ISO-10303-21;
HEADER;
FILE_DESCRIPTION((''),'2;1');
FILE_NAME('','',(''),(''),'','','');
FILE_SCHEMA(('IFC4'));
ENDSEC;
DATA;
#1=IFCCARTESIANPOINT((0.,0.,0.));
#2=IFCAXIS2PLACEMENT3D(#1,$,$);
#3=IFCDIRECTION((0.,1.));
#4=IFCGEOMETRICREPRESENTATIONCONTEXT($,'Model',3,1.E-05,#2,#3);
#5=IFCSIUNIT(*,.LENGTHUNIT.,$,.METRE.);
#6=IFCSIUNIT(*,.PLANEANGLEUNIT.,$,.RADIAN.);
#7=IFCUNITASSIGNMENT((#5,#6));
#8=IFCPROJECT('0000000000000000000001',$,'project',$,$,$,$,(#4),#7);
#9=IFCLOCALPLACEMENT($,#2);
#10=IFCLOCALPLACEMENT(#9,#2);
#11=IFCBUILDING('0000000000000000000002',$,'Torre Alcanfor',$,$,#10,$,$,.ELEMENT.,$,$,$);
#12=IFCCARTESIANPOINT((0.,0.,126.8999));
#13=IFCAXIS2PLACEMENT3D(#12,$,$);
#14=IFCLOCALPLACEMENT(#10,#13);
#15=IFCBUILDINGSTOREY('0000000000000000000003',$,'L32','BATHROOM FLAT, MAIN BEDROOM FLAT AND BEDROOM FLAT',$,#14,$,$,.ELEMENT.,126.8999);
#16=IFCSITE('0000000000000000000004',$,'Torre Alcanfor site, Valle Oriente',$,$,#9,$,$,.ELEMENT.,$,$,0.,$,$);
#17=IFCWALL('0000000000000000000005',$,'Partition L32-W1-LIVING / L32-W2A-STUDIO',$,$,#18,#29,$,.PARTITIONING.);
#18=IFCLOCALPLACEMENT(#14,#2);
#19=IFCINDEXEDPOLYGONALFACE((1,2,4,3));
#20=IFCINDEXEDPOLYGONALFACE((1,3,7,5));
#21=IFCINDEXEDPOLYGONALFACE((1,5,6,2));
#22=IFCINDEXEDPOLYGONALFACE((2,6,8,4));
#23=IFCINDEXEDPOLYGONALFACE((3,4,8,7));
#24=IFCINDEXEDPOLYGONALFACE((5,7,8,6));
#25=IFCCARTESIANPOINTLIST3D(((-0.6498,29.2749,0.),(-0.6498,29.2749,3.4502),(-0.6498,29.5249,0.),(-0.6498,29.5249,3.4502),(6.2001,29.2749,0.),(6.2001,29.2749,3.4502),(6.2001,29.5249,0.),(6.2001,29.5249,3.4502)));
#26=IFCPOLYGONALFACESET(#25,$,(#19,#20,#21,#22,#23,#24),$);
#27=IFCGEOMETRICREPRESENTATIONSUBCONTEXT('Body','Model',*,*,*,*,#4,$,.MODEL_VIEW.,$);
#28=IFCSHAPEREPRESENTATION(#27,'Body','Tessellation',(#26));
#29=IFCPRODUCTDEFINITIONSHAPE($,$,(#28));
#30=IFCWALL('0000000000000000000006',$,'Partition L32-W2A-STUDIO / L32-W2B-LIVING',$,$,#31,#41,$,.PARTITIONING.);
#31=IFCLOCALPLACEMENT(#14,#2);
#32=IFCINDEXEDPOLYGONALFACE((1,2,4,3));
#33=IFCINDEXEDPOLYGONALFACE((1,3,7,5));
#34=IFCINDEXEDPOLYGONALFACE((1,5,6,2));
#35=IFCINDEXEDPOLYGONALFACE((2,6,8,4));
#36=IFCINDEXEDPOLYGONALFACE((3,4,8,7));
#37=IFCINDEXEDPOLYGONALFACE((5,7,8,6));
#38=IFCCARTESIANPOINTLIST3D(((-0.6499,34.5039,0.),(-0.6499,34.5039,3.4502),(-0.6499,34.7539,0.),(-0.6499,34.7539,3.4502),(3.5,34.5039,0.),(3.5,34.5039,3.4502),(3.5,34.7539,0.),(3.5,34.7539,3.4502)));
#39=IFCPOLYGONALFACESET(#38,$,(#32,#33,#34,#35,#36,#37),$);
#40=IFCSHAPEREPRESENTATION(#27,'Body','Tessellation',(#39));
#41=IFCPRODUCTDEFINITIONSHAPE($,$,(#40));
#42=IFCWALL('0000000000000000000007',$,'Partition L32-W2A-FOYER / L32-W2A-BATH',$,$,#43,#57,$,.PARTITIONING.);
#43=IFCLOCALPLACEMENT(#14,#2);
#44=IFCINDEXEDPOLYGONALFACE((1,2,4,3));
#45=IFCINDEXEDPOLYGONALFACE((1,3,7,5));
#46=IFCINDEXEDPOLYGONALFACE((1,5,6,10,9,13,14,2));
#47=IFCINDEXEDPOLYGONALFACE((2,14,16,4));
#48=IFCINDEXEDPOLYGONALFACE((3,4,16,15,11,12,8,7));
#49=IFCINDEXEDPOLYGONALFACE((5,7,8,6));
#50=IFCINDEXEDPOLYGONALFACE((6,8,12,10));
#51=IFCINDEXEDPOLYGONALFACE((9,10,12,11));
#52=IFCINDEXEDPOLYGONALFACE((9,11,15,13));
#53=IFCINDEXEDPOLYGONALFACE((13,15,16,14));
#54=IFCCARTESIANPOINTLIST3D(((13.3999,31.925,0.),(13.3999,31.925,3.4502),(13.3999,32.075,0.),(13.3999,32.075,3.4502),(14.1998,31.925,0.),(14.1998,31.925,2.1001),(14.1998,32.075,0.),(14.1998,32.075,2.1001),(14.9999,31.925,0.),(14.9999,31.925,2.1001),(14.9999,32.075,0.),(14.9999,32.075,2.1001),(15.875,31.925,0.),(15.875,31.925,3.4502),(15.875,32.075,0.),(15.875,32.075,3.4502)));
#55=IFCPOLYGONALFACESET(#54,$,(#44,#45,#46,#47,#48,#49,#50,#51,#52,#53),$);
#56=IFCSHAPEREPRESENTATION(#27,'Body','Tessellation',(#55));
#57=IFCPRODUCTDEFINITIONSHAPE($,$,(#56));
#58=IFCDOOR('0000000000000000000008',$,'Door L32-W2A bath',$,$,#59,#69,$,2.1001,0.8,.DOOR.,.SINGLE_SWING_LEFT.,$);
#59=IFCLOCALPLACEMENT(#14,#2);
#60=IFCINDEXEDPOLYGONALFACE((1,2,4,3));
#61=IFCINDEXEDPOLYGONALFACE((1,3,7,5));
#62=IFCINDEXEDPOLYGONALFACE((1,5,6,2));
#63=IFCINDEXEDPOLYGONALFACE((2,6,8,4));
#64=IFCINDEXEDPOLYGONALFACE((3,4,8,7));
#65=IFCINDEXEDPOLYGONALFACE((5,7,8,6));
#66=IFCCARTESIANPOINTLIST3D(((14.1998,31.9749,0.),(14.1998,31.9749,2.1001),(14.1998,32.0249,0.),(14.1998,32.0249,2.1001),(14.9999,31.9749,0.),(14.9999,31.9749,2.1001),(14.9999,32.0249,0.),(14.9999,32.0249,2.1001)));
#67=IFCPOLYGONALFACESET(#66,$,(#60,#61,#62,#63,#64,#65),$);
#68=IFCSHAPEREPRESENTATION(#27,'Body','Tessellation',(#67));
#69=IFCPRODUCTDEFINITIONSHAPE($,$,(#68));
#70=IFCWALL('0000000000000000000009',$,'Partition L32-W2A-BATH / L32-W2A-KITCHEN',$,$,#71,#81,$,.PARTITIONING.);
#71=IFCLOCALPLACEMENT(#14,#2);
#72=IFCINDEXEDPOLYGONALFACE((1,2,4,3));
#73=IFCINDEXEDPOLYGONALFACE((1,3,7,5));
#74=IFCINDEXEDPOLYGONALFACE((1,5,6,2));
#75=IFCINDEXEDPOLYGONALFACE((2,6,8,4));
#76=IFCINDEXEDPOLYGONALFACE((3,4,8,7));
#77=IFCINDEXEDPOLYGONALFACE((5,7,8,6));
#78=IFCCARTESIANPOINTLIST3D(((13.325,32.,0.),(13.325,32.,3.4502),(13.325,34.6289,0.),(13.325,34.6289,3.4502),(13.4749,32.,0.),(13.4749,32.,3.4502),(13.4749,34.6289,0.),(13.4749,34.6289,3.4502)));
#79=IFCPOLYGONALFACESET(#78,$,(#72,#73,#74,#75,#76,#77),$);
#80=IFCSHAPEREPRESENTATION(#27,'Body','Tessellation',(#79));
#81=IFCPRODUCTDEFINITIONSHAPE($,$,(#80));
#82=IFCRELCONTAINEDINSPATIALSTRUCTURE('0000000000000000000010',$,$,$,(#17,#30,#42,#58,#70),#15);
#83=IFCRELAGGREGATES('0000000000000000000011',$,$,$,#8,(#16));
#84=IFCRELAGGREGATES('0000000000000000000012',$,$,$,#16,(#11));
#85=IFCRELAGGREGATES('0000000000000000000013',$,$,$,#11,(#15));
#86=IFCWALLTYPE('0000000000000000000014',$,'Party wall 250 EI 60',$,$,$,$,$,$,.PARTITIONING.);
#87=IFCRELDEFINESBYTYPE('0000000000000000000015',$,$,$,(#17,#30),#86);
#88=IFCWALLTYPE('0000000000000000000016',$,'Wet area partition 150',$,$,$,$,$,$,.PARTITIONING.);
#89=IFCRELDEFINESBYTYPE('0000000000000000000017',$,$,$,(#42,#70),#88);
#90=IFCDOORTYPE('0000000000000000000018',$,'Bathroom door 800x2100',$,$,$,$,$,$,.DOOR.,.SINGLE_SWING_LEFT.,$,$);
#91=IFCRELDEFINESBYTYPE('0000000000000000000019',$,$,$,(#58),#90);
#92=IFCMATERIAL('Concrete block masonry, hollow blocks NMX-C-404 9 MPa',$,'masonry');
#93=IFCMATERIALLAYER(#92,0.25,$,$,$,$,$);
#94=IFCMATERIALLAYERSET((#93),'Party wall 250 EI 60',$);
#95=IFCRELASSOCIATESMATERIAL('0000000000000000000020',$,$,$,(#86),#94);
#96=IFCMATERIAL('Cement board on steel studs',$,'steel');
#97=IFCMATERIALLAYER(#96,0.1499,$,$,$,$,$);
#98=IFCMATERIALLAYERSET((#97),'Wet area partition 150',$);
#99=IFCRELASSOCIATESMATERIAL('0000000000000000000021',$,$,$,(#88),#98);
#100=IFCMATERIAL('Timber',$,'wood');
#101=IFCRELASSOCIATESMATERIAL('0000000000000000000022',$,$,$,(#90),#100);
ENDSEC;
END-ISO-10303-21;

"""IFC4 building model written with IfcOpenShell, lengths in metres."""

from ifc_helpers import new_model, si_unit, direction, frame, frame_2d, origin, place, context, subcontext, project, spatial, rectangle, extrude, material, layer, layer_set, type_object, element, fill, save


model = new_model("IFC4")

# Units and contexts
model_context = context("Model", 3, precision=1e-05, world=origin(), true_north=direction((0.0, 1.0)))
body_context = subcontext(model_context, "Body", "Model", "MODEL_VIEW")
ifc_project = project(units=[si_unit("LENGTHUNIT", "METRE"), si_unit("PLANEANGLEUNIT", "RADIAN")], contexts=[model_context])

# Site, building, storey
site_placement = place(None, origin())
site = spatial("IfcSite", under=ifc_project, at=site_placement, Name="Torre Alcanfor site, Valle Oriente", CompositionType="ELEMENT", RefElevation=0.0)
building_placement = place(site_placement, origin())
building = spatial("IfcBuilding", under=site, at=building_placement, Name="Torre Alcanfor", CompositionType="ELEMENT")
storey_placement = place(building_placement, frame((0.0, 0.0, 126.8999)))
storey = spatial("IfcBuildingStorey", under=building, at=storey_placement, Name="L32", Description="BATHROOM FLAT, MAIN BEDROOM FLAT AND BEDROOM FLAT", CompositionType="ELEMENT", Elevation=126.8999)

# Walls
ifc_material_1 = material(Name="Concrete block masonry, hollow blocks NMX-C-404 9 MPa", Category="masonry")
ifc_layer_1 = layer(ifc_material_1, 0.25)
ifc_layer_set_1 = layer_set([ifc_layer_1], Name="Party wall 250 EI 60")
wall_type_1 = type_object("IfcWallType", Name="Party wall 250 EI 60", PredefinedType="PARTITIONING", material=ifc_layer_set_1)
wall_1_placement = place(storey_placement, frame((6.2, 29.3999, 0.0), z_axis=(0.0, 0.0, 1.0), x_axis=(-1.0, 0.0, 0.0)))
element("IfcWall", 1, at=wall_1_placement, inside=storey, type_object=wall_type_1, Name="Partition L32-W1-LIVING / L32-W2A-STUDIO", PredefinedType="PARTITIONING", context=body_context, shape_type="SweptSolid", body=[
    extrude(rectangle(XDim=6.8499, YDim=0.25, at=frame_2d((3.4248, 0.0))), origin(), (0.0, 0.0, 1.0), 3.4502),
])
wall_2_placement = place(storey_placement, frame((-0.6499, 34.6289, 0.0), z_axis=(0.0, 0.0, 1.0), x_axis=(1.0, 0.0, 0.0)))
element("IfcWall", 2, at=wall_2_placement, inside=storey, type_object=wall_type_1, Name="Partition L32-W2A-STUDIO / L32-W2B-LIVING", PredefinedType="PARTITIONING", context=body_context, shape_type="SweptSolid", body=[
    extrude(rectangle(XDim=4.1499, YDim=0.25, at=frame_2d((2.075, 0.0))), origin(), (0.0, 0.0, 1.0), 3.4502),
])

# Wall, opening, door
ifc_material_2 = material(Name="Cement board on steel studs", Category="steel")
ifc_layer_2 = layer(ifc_material_2, 0.1499)
ifc_layer_set_2 = layer_set([ifc_layer_2], Name="Wet area partition 150")
wall_type_2 = type_object("IfcWallType", Name="Wet area partition 150", PredefinedType="PARTITIONING", material=ifc_layer_set_2)
wall_3_placement = place(storey_placement, frame((13.3999, 32.0, 0.0), z_axis=(0.0, 0.0, 1.0), x_axis=(1.0, 0.0, 0.0)))
wall_3 = element("IfcWall", 3, at=wall_3_placement, inside=storey, type_object=wall_type_2, Name="Partition L32-W2A-FOYER / L32-W2A-BATH", PredefinedType="PARTITIONING", context=body_context, shape_type="SweptSolid", body=[
    extrude(rectangle(XDim=2.4751, YDim=0.1499, at=frame_2d((1.2375, 0.0))), origin(), (0.0, 0.0, 1.0), 3.4502),
])
opening_1_placement = place(wall_3_placement, frame((0.8, 0.0, 0.0)))
opening_1 = element("IfcOpeningElement", 4, at=opening_1_placement, cuts=wall_3, PredefinedType="OPENING", context=body_context, shape_type="SweptSolid", body=[
    extrude(rectangle(XDim=0.8, YDim=2.1001, at=frame_2d((0.3999, 1.05))), frame((0.0, 0.085, 0.0), z_axis=(0.0, -1.0, 0.0), x_axis=(1.0, 0.0, 0.0)), (0.0, 0.0, 1.0), 0.1699),
])
ifc_material_3 = material(Name="Timber", Category="wood")
door_type_1 = type_object("IfcDoorType", Name="Bathroom door 800x2100", OperationType="SINGLE_SWING_LEFT", PredefinedType="DOOR", material=ifc_material_3)
door_1_placement = place(opening_1_placement, origin())
door_1 = element("IfcDoor", 5, at=door_1_placement, inside=storey, type_object=door_type_1, Name="Door L32-W2A bath", OperationType="SINGLE_SWING_LEFT", OverallHeight=2.1001, OverallWidth=0.8, PredefinedType="DOOR", context=body_context, shape_type="SweptSolid", body=[
    extrude(rectangle(XDim=0.8, YDim=2.1001, at=frame_2d((0.3999, 1.05))), frame((0.0, 0.0249, 0.0), z_axis=(0.0, -1.0, 0.0), x_axis=(1.0, 0.0, 0.0)), (0.0, 0.0, 1.0), 0.05),
])
fill(opening_1, door_1)

# Wall
wall_4_placement = place(storey_placement, frame((13.3999, 32.0, 0.0), z_axis=(0.0, 0.0, 1.0), x_axis=(0.0, 1.0, 0.0)))
element("IfcWall", 6, at=wall_4_placement, inside=storey, type_object=wall_type_2, Name="Partition L32-W2A-BATH / L32-W2A-KITCHEN", PredefinedType="PARTITIONING", context=body_context, shape_type="SweptSolid", body=[
    extrude(rectangle(XDim=2.6289, YDim=0.1499, at=frame_2d((1.3145, 0.0))), origin(), (0.0, 0.0, 1.0), 3.4502),
])

save(model, "model.ifc")
